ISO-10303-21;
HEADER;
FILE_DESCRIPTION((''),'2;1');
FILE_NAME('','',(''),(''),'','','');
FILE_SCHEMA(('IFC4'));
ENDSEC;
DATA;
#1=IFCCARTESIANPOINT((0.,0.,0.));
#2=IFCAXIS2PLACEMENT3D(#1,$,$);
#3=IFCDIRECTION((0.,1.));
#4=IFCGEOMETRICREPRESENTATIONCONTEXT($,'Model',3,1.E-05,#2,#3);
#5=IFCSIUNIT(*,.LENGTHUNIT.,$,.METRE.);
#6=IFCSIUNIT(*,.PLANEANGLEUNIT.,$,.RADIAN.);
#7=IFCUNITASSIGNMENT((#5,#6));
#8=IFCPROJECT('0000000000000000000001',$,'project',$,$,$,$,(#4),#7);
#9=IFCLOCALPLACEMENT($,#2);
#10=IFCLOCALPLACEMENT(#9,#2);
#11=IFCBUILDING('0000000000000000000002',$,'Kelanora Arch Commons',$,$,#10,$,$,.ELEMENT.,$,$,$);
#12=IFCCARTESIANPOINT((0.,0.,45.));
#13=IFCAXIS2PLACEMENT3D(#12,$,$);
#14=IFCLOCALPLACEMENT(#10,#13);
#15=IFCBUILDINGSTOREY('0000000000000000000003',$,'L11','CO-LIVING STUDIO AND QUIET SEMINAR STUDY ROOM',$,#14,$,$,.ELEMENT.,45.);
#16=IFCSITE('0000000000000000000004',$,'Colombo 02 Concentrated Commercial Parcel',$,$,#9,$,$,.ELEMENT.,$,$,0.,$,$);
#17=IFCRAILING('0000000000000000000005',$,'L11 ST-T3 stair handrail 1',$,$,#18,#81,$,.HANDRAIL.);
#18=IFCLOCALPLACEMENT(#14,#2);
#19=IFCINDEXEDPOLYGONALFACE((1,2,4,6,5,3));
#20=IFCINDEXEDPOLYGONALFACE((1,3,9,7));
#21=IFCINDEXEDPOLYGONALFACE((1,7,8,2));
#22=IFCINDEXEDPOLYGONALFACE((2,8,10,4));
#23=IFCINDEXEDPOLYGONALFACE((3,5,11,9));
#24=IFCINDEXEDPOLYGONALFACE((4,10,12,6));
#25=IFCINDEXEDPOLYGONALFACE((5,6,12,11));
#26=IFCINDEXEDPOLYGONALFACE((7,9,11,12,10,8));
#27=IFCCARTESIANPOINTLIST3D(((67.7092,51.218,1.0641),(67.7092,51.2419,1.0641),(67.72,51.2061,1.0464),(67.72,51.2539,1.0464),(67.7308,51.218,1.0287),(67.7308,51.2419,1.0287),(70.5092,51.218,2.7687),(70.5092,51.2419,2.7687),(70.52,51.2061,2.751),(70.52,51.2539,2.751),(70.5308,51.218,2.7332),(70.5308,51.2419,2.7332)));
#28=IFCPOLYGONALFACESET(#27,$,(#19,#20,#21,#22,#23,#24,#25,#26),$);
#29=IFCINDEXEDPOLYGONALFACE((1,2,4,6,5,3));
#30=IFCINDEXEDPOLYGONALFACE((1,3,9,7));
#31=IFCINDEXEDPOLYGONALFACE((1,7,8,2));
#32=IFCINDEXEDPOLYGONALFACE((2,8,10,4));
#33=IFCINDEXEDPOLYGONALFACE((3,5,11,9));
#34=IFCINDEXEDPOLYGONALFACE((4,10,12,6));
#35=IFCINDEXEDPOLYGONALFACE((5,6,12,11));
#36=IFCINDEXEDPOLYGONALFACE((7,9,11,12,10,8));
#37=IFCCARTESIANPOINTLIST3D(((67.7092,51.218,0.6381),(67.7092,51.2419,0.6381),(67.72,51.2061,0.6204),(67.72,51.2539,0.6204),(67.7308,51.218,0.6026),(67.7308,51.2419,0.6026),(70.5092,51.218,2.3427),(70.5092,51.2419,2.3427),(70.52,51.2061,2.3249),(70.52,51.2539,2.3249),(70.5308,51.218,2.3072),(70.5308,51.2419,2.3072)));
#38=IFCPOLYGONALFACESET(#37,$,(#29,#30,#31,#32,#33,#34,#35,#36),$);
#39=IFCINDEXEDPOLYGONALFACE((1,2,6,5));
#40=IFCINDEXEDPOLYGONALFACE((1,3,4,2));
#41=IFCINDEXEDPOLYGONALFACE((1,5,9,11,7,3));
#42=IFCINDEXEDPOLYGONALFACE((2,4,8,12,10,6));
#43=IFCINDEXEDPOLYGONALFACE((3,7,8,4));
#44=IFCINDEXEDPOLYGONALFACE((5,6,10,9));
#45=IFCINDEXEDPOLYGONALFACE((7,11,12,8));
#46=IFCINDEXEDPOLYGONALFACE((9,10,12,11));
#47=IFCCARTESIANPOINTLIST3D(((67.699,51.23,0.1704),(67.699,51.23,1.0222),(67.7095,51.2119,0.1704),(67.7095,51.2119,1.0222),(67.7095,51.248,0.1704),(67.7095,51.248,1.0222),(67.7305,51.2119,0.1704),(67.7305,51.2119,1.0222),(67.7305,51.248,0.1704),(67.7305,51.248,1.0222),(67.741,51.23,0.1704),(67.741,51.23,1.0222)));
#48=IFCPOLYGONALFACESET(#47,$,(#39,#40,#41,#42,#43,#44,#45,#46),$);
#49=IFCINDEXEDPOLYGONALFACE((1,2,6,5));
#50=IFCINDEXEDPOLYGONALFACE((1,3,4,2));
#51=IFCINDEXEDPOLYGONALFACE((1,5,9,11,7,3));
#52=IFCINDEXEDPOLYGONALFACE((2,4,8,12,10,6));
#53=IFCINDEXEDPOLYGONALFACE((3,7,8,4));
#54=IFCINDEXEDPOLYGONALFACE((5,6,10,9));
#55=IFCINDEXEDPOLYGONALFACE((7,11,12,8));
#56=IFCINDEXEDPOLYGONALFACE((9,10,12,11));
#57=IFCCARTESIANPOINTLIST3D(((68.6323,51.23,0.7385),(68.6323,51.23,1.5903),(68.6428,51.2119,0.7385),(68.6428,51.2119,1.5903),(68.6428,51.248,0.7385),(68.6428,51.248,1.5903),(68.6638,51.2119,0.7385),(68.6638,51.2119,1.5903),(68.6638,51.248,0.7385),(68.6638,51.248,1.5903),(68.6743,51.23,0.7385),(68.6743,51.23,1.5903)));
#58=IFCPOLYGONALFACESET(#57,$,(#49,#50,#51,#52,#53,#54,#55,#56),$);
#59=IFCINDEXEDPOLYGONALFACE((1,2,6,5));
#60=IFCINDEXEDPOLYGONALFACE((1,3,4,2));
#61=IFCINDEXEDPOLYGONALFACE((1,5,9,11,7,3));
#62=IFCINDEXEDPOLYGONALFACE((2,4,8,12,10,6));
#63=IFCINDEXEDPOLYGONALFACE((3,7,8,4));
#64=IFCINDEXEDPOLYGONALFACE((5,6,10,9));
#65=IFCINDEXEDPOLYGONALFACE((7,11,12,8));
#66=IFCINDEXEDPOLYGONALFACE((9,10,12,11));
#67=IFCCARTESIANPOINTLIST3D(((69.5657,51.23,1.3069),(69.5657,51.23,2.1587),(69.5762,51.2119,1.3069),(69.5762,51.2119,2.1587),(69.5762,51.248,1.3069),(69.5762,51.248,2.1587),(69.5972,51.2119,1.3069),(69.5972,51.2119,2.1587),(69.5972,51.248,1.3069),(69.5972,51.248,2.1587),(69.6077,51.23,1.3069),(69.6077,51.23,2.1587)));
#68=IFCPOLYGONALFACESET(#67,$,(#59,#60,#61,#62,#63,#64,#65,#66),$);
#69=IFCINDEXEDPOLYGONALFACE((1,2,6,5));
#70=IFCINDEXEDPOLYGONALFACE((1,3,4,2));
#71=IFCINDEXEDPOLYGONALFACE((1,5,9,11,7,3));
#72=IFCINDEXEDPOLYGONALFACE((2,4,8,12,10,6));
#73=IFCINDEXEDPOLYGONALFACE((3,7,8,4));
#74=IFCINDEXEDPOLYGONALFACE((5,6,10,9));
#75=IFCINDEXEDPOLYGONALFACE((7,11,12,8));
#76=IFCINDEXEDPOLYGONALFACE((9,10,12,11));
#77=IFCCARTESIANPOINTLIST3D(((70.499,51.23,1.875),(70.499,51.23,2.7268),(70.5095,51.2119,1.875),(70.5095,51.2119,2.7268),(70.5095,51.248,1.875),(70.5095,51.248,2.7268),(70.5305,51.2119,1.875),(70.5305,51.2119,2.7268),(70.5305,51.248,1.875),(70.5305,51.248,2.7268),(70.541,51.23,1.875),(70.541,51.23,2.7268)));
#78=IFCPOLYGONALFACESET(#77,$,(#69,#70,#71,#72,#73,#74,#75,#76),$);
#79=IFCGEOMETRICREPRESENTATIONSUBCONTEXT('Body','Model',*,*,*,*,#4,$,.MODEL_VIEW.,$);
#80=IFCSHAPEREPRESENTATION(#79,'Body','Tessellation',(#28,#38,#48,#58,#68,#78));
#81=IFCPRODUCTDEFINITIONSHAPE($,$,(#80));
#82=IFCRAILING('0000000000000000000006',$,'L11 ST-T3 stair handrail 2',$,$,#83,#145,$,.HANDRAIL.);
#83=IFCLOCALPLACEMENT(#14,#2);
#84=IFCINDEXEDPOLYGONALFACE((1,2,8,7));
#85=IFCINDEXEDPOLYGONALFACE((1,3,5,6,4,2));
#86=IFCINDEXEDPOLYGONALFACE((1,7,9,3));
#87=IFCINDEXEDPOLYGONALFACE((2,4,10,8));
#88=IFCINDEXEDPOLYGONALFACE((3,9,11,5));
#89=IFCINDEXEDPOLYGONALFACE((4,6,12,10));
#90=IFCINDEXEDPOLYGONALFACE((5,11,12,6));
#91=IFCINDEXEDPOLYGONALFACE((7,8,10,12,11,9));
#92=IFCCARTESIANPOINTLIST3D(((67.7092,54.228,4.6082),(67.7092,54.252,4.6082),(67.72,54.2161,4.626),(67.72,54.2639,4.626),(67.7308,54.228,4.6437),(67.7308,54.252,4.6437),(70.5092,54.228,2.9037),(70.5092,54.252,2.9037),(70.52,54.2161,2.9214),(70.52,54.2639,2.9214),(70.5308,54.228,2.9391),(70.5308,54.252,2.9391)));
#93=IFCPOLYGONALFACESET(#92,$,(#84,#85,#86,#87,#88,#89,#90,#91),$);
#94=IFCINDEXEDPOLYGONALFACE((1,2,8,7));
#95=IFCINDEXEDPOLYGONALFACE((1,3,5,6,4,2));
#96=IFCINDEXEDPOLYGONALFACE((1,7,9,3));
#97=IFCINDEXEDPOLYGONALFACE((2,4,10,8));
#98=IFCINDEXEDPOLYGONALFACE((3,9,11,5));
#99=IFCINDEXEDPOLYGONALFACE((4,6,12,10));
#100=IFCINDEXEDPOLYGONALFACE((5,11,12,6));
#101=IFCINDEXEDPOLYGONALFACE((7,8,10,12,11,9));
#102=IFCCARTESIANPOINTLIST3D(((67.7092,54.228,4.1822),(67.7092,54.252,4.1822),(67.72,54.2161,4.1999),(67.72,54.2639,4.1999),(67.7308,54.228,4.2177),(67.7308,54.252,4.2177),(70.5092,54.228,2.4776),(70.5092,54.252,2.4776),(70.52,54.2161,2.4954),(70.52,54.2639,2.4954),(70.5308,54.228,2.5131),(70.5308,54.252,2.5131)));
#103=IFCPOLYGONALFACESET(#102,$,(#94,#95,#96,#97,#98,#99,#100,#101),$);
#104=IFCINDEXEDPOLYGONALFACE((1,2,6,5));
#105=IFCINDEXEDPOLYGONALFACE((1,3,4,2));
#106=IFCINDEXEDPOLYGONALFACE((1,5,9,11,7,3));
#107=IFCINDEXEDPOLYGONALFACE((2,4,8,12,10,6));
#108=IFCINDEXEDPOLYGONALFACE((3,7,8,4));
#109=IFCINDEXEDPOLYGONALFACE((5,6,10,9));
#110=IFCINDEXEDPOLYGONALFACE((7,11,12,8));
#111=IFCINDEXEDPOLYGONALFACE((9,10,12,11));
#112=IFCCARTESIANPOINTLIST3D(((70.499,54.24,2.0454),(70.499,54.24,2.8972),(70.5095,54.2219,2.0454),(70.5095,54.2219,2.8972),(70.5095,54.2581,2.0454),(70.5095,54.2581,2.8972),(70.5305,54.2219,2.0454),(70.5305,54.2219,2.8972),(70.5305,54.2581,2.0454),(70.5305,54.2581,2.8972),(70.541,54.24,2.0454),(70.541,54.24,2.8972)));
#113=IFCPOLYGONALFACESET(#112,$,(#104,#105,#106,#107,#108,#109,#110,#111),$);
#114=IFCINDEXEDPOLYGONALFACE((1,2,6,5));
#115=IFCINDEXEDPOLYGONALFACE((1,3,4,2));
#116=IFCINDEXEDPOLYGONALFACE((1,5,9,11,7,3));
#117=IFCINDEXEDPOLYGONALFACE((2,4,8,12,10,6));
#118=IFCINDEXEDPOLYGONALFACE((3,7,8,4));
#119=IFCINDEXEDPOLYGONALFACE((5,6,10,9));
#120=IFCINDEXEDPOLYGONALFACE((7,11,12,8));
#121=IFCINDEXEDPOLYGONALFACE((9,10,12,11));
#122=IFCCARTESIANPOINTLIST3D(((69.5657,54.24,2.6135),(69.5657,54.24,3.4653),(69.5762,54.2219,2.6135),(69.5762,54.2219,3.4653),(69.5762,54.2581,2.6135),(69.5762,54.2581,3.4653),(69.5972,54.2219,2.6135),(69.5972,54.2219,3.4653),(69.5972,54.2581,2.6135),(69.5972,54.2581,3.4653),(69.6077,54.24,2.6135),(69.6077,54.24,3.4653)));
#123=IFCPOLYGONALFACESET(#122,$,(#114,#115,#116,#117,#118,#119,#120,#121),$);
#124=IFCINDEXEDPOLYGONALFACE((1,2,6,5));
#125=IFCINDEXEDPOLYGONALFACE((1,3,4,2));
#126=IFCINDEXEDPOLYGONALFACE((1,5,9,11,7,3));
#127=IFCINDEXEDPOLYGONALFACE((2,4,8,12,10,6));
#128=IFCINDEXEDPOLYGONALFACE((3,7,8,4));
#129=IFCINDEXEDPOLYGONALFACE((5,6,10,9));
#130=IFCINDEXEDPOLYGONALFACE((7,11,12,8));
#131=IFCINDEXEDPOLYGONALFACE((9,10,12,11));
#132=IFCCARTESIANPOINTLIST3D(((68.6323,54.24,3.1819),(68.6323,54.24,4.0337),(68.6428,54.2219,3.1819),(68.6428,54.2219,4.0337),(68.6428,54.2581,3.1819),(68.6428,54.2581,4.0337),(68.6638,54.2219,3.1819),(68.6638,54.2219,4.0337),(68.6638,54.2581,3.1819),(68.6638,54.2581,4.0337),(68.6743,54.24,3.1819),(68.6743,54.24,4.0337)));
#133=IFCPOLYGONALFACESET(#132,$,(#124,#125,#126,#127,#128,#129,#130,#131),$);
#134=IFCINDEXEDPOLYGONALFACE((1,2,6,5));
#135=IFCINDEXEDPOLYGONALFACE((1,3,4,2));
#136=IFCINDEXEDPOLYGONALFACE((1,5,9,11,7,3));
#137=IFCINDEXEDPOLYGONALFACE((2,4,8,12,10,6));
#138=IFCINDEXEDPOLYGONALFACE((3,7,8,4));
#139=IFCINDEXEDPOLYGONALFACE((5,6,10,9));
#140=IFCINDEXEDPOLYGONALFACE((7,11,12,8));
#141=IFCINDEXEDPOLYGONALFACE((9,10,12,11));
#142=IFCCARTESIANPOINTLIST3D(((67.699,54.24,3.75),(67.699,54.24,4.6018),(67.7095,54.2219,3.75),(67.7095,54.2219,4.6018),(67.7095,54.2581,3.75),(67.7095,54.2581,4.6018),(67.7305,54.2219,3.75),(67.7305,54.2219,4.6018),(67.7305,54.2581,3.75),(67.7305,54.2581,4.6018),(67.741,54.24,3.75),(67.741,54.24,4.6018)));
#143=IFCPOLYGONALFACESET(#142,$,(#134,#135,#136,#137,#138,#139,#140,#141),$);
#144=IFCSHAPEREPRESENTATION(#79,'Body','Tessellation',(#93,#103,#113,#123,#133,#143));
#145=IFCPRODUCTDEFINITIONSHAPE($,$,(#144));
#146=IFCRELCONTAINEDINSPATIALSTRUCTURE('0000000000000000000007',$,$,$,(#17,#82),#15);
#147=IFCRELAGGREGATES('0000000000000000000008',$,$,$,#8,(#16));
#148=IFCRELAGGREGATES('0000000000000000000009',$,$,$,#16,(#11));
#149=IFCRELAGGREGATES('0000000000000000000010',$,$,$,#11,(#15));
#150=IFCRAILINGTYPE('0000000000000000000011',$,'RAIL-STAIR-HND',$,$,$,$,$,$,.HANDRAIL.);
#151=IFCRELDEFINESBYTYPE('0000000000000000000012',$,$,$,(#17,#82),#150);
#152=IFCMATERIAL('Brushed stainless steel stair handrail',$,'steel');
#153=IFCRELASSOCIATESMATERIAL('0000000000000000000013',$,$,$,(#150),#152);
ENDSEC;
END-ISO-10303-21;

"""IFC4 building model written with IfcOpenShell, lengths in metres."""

from ifc_helpers import new_model, si_unit, direction, frame, origin, place, context, subcontext, project, spatial, polyline, outline, extrude, material, type_object, element, save


model = new_model("IFC4")

# Units and contexts
model_context = context("Model", 3, precision=1e-05, world=origin(), true_north=direction((0.0, 1.0)))
body_context = subcontext(model_context, "Body", "Model", "MODEL_VIEW")
ifc_project = project(units=[si_unit("LENGTHUNIT", "METRE"), si_unit("PLANEANGLEUNIT", "RADIAN")], contexts=[model_context])

# Site, building, storey
site_placement = place(None, origin())
site = spatial("IfcSite", under=ifc_project, at=site_placement, Name="Colombo 02 Concentrated Commercial Parcel", CompositionType="ELEMENT", RefElevation=0.0)
building_placement = place(site_placement, origin())
building = spatial("IfcBuilding", under=site, at=building_placement, Name="Kelanora Arch Commons", CompositionType="ELEMENT")
storey_placement = place(building_placement, frame((0.0, 0.0, 45.0)))
storey = spatial("IfcBuildingStorey", under=building, at=storey_placement, Name="L11", Description="CO-LIVING STUDIO AND QUIET SEMINAR STUDY ROOM", CompositionType="ELEMENT", Elevation=45.0)

# Railings
ifc_material_1 = material(Name="Brushed stainless steel stair handrail", Category="steel")
railing_type_1 = type_object("IfcRailingType", Name="RAIL-STAIR-HND", PredefinedType="HANDRAIL", material=ifc_material_1)
railing_1_placement = place(storey_placement, frame((67.72, 51.23, 0.1704)))
element("IfcRailing", 1, at=railing_1_placement, inside=storey, type_object=railing_type_1, Name="L11 ST-T3 stair handrail 1", PredefinedType="HANDRAIL", context=body_context, shape_type="SweptSolid", body=[
    extrude(outline(polyline([(0.0239, 0.0), (0.012, 0.0208), (-0.012, 0.0208), (-0.0239, 0.0), (-0.012, -0.0208), (0.012, -0.0208), (0.0239, 0.0)])), frame((0.0, 0.0, 0.876), z_axis=(0.85417, 0.0, 0.519994), x_axis=(0.0, 1.0, 0.0)), (0.0, 0.0, 1.0), 3.2781),
    extrude(outline(polyline([(0.0239, 0.0), (0.012, 0.0208), (-0.012, 0.0208), (-0.0239, 0.0), (-0.012, -0.0208), (0.012, -0.0208), (0.0239, 0.0)])), frame((0.0, 0.0, 0.45), z_axis=(0.85417, 0.0, 0.519994), x_axis=(0.0, 1.0, 0.0)), (0.0, 0.0, 1.0), 3.2781),
    extrude(outline(polyline([(0.021, 0.0), (0.0105, 0.0181), (-0.0105, 0.0181), (-0.021, 0.0), (-0.0105, -0.0181), (0.0105, -0.0181), (0.021, 0.0)])), origin(), (0.0, 0.0, 1.0), 0.8518),
    extrude(outline(polyline([(0.021, 0.0), (0.0105, 0.0181), (-0.0105, 0.0181), (-0.021, 0.0), (-0.0105, -0.0181), (0.0105, -0.0181), (0.021, 0.0)])), frame((0.9333, 0.0, 0.5681)), (0.0, 0.0, 1.0), 0.8518),
    extrude(outline(polyline([(0.021, 0.0), (0.0105, 0.0181), (-0.0105, 0.0181), (-0.021, 0.0), (-0.0105, -0.0181), (0.0105, -0.0181), (0.021, 0.0)])), frame((1.8667, 0.0, 1.1365)), (0.0, 0.0, 1.0), 0.8518),
    extrude(outline(polyline([(0.021, 0.0), (0.0105, 0.0181), (-0.0105, 0.0181), (-0.021, 0.0), (-0.0105, -0.0181), (0.0105, -0.0181), (0.021, 0.0)])), frame((2.8, 0.0, 1.7046)), (0.0, 0.0, 1.0), 0.8518),
])
railing_2_placement = place(storey_placement, frame((70.52, 54.24, 2.0454)))
element("IfcRailing", 2, at=railing_2_placement, inside=storey, type_object=railing_type_1, Name="L11 ST-T3 stair handrail 2", PredefinedType="HANDRAIL", context=body_context, shape_type="SweptSolid", body=[
    extrude(outline(polyline([(0.0239, 0.0), (0.012, 0.0208), (-0.012, 0.0208), (-0.0239, 0.0), (-0.012, -0.0208), (0.012, -0.0208), (0.0239, 0.0)])), frame((0.0, 0.0, 0.876), z_axis=(-0.85417, 0.0, 0.519994), x_axis=(0.0, -1.0, 0.0)), (0.0, 0.0, 1.0), 3.2781),
    extrude(outline(polyline([(0.0239, 0.0), (0.012, 0.0208), (-0.012, 0.0208), (-0.0239, 0.0), (-0.012, -0.0208), (0.012, -0.0208), (0.0239, 0.0)])), frame((0.0, 0.0, 0.45), z_axis=(-0.85417, 0.0, 0.519994), x_axis=(0.0, -1.0, 0.0)), (0.0, 0.0, 1.0), 3.2781),
    extrude(outline(polyline([(0.021, 0.0), (0.0105, 0.0181), (-0.0105, 0.0181), (-0.021, 0.0), (-0.0105, -0.0181), (0.0105, -0.0181), (0.021, 0.0)])), origin(), (0.0, 0.0, 1.0), 0.8518),
    extrude(outline(polyline([(0.021, 0.0), (0.0105, 0.0181), (-0.0105, 0.0181), (-0.021, 0.0), (-0.0105, -0.0181), (0.0105, -0.0181), (0.021, 0.0)])), frame((-0.9333, 0.0, 0.5681)), (0.0, 0.0, 1.0), 0.8518),
    extrude(outline(polyline([(0.021, 0.0), (0.0105, 0.0181), (-0.0105, 0.0181), (-0.021, 0.0), (-0.0105, -0.0181), (0.0105, -0.0181), (0.021, 0.0)])), frame((-1.8667, 0.0, 1.1365)), (0.0, 0.0, 1.0), 0.8518),
    extrude(outline(polyline([(0.021, 0.0), (0.0105, 0.0181), (-0.0105, 0.0181), (-0.021, 0.0), (-0.0105, -0.0181), (0.0105, -0.0181), (0.021, 0.0)])), frame((-2.8, 0.0, 1.7046)), (0.0, 0.0, 1.0), 0.8518),
])

save(model, "model.ifc")
